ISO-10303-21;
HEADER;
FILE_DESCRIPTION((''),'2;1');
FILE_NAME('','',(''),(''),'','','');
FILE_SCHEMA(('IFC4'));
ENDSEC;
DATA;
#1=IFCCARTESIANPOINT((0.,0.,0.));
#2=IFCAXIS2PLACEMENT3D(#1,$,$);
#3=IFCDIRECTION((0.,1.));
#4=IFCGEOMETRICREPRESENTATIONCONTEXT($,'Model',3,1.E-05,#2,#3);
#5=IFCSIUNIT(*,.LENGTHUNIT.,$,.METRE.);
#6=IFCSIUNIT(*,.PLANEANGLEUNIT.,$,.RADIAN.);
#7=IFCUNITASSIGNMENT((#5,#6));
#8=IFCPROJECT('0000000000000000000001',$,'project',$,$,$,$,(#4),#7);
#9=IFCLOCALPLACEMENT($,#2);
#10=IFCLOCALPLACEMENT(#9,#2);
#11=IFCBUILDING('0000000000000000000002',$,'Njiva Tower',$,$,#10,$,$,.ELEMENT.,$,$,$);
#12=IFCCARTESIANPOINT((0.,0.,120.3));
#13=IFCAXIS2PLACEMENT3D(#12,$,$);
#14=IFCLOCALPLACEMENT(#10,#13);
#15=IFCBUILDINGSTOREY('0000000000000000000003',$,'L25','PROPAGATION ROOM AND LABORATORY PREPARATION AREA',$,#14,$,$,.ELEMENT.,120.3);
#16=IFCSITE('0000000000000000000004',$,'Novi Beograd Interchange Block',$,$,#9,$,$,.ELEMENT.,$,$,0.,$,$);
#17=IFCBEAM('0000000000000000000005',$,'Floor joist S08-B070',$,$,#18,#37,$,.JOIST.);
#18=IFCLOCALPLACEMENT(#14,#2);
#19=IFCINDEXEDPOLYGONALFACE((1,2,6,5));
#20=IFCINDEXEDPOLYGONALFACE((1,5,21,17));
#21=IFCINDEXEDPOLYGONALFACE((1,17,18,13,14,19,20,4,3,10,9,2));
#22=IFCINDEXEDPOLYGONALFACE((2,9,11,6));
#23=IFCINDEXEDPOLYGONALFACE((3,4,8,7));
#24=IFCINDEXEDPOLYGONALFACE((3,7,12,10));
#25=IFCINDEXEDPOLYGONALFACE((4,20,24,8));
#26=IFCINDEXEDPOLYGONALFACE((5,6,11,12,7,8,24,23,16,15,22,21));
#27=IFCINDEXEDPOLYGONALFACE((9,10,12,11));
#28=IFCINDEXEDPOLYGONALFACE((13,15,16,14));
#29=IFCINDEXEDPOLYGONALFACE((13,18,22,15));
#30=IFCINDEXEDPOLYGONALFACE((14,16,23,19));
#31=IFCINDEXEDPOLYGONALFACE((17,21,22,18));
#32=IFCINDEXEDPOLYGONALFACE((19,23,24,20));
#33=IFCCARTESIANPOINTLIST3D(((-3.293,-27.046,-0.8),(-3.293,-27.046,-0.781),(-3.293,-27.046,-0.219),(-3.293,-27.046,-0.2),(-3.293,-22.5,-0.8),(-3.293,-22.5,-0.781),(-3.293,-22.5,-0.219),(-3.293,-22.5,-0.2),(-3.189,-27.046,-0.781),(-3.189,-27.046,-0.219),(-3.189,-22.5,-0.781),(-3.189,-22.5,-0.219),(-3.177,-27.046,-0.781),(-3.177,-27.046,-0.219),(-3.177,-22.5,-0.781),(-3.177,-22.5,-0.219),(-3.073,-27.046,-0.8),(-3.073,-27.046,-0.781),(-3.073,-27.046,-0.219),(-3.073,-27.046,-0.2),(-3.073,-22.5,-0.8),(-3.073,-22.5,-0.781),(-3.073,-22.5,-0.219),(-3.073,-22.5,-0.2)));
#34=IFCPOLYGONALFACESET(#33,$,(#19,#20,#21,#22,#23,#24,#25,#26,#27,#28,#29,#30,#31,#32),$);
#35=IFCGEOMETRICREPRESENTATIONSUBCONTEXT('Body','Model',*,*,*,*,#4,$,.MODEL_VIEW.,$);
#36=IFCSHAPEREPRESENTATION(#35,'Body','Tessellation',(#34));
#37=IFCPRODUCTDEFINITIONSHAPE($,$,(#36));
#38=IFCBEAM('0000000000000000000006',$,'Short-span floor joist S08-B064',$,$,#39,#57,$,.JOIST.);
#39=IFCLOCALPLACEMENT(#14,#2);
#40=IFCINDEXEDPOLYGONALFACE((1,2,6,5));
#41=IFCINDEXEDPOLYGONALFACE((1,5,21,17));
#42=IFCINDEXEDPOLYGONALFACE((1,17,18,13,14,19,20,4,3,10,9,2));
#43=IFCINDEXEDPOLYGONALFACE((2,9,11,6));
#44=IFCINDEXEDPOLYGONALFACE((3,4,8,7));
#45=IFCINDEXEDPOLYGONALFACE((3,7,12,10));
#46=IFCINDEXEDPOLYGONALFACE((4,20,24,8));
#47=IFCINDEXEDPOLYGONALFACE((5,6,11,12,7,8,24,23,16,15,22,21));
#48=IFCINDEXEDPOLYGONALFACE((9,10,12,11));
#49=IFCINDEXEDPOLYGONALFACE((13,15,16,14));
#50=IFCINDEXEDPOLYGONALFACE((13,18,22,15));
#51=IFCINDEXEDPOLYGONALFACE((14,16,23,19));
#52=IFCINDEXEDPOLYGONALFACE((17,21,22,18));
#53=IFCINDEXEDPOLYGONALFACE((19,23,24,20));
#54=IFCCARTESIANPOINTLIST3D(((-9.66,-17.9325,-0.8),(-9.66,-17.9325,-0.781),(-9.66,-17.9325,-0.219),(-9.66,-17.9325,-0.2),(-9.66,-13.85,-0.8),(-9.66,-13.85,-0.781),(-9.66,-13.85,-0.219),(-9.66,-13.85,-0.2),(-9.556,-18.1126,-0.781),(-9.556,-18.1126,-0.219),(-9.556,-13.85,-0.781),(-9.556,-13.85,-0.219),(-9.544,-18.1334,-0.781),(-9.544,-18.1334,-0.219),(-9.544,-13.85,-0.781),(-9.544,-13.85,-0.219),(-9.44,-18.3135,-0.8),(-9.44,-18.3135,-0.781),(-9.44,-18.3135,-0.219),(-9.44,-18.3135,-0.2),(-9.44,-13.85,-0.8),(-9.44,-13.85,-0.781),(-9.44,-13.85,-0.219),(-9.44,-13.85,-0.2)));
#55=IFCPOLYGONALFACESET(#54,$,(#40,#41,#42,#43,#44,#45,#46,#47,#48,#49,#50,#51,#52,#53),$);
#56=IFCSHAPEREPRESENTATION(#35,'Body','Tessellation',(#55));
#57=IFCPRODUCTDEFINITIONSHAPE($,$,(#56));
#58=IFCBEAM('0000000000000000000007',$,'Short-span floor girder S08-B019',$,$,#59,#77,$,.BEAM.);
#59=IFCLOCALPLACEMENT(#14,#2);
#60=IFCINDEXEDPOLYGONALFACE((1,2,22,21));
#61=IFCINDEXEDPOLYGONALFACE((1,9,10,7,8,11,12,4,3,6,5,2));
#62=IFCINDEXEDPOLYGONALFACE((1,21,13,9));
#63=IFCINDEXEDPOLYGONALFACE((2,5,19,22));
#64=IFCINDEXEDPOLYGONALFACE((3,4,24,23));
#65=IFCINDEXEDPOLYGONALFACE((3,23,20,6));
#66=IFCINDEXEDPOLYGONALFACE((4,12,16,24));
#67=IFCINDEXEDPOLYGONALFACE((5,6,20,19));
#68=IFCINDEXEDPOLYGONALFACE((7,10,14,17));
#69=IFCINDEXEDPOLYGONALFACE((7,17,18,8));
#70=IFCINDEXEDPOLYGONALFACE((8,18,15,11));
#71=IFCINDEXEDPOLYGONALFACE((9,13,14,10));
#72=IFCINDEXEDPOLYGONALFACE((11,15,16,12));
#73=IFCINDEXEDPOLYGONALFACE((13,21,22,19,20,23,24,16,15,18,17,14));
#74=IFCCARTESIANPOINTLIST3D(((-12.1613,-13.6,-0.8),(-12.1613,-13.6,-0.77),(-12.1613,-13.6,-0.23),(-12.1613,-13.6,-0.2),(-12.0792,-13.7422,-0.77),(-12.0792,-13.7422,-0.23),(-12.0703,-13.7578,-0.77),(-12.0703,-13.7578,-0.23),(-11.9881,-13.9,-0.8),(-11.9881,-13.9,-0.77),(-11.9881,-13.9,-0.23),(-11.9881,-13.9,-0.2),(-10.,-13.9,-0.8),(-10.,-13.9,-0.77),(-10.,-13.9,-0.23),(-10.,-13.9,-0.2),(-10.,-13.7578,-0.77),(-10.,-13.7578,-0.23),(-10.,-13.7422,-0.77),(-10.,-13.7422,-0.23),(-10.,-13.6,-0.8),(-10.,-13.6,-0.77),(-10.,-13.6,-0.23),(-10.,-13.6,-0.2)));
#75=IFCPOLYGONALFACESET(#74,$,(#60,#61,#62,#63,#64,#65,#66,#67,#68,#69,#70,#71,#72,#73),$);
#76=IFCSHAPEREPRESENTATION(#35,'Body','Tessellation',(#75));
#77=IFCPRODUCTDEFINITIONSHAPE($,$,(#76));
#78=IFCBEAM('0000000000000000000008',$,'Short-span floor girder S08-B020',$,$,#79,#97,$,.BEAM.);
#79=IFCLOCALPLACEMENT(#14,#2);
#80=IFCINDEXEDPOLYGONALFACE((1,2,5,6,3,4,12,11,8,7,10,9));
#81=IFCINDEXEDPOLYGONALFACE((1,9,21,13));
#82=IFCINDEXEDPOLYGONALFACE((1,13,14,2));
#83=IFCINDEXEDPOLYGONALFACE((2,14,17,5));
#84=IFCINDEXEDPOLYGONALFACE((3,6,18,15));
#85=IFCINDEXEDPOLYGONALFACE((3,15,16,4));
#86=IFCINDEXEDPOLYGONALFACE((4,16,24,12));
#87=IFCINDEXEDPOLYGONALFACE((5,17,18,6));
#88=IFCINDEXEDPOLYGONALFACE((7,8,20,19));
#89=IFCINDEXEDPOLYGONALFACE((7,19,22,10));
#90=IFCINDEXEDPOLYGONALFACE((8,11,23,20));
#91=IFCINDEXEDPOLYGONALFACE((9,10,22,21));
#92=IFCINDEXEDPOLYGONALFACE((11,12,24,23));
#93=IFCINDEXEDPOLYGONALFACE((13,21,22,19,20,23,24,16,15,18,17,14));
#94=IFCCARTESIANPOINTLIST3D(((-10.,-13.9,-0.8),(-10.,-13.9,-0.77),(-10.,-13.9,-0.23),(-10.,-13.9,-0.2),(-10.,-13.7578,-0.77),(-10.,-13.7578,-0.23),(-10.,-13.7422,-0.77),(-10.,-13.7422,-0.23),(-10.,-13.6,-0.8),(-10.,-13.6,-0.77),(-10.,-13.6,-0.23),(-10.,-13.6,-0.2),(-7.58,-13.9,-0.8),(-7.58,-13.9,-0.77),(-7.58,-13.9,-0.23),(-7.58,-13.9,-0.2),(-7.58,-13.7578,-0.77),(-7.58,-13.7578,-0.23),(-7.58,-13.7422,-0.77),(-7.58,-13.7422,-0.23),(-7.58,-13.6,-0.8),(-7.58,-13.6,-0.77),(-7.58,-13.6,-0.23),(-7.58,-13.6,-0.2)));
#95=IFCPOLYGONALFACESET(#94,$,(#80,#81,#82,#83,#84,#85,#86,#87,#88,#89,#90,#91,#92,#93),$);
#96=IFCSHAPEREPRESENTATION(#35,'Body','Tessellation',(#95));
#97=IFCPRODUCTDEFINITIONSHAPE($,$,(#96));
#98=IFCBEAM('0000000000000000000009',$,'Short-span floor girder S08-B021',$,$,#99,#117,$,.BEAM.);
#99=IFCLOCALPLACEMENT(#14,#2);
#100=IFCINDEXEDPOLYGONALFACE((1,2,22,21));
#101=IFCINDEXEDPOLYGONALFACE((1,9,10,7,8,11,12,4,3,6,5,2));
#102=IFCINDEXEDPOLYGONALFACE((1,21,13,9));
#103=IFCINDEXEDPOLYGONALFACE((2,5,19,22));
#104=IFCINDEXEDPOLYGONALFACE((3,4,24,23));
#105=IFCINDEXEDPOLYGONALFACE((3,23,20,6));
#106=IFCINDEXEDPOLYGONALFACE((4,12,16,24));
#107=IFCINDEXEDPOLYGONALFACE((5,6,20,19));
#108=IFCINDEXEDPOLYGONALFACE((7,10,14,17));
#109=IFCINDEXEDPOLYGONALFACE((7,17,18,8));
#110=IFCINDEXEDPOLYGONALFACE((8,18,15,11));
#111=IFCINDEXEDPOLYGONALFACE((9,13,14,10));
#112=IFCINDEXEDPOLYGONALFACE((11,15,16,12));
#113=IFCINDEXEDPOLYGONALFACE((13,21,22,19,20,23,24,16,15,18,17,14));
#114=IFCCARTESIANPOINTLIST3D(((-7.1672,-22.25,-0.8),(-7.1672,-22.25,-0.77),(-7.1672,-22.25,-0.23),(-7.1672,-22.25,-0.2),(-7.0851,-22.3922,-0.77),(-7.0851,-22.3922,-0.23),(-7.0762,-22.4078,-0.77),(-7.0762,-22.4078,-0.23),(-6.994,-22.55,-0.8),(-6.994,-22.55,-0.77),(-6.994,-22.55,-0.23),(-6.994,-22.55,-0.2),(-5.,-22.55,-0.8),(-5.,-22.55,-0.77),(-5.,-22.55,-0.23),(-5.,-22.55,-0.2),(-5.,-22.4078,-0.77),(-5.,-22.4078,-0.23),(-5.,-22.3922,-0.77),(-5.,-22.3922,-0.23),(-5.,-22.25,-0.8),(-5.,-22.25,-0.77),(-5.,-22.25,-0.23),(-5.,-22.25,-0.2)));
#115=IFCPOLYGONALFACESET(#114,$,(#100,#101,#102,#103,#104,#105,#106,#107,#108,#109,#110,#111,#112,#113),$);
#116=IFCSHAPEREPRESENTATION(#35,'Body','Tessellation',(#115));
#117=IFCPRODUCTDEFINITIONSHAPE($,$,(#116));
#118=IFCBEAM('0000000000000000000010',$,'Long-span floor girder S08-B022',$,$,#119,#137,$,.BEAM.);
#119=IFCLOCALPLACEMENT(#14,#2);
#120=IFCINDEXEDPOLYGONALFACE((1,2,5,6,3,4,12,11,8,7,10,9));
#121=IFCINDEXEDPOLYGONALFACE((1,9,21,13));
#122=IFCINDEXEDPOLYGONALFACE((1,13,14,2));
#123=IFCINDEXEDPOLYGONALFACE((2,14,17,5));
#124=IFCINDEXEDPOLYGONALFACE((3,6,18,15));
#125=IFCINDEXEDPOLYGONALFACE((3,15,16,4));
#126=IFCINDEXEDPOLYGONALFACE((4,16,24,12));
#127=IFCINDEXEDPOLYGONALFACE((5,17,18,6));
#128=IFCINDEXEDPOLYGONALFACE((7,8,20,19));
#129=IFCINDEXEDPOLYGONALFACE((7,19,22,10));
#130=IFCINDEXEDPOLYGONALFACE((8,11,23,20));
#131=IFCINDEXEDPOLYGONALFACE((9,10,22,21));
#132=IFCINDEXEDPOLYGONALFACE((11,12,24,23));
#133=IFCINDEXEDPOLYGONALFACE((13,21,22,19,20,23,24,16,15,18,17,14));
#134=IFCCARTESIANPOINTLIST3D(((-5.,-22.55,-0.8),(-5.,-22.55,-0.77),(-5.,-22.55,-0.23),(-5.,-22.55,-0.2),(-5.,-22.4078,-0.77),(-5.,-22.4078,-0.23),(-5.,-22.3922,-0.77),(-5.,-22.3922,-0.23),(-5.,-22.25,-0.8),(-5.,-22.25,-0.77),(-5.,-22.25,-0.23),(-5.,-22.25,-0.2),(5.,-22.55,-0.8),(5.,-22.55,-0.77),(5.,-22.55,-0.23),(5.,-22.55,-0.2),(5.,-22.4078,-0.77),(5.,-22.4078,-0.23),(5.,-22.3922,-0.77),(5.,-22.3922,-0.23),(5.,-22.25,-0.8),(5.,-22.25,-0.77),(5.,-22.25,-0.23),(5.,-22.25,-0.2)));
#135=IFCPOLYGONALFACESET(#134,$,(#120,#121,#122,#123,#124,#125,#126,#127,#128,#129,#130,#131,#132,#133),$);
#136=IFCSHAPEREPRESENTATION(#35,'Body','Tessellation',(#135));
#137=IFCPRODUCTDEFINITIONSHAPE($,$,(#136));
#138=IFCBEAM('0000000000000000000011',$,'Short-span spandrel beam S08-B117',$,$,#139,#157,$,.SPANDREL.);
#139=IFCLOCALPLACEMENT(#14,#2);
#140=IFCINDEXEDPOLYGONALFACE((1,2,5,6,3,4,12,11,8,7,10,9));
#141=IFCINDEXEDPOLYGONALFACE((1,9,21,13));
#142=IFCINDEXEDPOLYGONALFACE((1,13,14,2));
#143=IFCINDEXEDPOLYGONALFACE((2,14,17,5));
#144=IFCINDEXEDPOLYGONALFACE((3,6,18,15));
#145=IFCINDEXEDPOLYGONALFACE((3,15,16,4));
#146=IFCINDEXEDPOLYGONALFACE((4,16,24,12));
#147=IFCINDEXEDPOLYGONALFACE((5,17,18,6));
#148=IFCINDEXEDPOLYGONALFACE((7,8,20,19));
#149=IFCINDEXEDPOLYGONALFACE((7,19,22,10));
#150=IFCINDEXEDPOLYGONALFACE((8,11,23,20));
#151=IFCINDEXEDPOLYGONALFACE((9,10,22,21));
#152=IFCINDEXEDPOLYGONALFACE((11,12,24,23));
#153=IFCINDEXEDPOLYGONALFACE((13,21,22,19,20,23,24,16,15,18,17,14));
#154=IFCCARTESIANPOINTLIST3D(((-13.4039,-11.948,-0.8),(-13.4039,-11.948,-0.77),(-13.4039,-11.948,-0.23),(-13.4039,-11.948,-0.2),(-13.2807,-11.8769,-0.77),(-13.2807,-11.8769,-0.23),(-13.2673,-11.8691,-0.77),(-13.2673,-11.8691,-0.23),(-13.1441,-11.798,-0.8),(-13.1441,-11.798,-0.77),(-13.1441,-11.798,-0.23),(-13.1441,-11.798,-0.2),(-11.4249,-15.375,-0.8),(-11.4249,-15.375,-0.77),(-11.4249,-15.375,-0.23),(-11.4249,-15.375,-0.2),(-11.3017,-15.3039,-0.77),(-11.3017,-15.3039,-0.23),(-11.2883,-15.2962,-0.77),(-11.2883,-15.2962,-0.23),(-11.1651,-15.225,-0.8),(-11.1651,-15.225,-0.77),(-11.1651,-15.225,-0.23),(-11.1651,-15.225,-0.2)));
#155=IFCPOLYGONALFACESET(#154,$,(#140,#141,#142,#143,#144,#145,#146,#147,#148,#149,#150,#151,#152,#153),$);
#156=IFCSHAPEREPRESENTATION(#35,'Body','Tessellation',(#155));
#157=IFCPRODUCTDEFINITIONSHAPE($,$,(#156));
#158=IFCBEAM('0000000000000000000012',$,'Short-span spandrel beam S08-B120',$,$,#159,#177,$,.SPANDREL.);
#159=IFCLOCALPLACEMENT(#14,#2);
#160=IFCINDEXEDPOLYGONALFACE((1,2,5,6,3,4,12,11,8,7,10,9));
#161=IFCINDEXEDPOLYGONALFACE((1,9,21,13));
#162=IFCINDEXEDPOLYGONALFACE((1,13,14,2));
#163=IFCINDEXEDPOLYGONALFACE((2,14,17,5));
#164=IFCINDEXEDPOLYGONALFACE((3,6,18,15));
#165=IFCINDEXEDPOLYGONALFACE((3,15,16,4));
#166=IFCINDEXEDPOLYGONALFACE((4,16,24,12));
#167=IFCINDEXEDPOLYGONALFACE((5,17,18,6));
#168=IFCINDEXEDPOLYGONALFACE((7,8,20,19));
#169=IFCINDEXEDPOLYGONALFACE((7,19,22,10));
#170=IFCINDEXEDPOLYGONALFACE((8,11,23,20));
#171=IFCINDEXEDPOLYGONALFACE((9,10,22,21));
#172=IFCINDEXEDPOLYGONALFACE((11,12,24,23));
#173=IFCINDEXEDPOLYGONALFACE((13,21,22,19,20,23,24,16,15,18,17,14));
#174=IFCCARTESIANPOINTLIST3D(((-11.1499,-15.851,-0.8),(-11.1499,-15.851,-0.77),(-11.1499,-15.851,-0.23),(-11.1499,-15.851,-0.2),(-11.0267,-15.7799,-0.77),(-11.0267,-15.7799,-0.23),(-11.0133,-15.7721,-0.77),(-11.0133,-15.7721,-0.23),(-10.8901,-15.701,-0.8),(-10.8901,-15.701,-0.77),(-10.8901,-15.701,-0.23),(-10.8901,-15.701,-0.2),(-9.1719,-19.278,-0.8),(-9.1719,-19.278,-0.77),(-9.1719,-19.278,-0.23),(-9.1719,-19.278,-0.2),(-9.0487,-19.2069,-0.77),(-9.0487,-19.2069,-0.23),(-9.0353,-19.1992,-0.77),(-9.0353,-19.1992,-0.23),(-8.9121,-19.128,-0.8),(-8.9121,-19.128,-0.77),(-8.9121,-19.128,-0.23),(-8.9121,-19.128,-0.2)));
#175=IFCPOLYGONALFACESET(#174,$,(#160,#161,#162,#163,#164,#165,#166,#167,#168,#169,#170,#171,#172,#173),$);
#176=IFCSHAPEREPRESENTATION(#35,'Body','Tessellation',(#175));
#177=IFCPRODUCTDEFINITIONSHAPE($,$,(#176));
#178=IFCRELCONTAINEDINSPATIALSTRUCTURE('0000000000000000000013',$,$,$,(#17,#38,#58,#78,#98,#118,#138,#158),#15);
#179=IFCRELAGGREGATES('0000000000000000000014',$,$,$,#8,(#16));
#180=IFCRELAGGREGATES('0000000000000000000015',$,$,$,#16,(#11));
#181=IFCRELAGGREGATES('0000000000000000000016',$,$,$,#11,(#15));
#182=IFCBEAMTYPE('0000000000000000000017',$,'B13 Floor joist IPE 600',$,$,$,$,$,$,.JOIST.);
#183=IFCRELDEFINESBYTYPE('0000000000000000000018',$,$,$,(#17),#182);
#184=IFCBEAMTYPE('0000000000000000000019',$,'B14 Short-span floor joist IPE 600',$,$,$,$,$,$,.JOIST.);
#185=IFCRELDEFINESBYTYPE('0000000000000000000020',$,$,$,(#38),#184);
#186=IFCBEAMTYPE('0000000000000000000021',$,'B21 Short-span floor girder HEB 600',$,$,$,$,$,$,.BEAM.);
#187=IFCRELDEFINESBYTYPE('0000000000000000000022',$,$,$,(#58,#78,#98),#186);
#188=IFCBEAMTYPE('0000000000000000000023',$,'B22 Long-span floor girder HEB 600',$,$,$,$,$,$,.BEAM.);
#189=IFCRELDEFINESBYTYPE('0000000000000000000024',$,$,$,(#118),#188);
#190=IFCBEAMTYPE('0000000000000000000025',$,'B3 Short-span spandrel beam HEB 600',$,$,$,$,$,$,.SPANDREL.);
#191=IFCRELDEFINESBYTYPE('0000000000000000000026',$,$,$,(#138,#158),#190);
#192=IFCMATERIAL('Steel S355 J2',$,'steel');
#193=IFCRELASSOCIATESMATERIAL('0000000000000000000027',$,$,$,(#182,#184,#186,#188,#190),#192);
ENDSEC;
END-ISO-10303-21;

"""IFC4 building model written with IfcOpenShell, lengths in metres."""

from ifc_helpers import new_model, si_unit, direction, frame, origin, origin_2d, place, context, subcontext, project, spatial, i_section, extrude, clip, halfspace, material, material_profile, profile_set, type_object, element, save


model = new_model("IFC4")

# Units and contexts
model_context = context("Model", 3, precision=1e-05, world=origin(), true_north=direction((0.0, 1.0)))
body_context = subcontext(model_context, "Body", "Model", "MODEL_VIEW")
ifc_project = project(units=[si_unit("LENGTHUNIT", "METRE"), si_unit("PLANEANGLEUNIT", "RADIAN")], contexts=[model_context])

# Site, building, storey
site_placement = place(None, origin())
site = spatial("IfcSite", under=ifc_project, at=site_placement, Name="Novi Beograd Interchange Block", CompositionType="ELEMENT", RefElevation=0.0)
building_placement = place(site_placement, origin())
building = spatial("IfcBuilding", under=site, at=building_placement, Name="Njiva Tower", CompositionType="ELEMENT")
storey_placement = place(building_placement, frame((0.0, 0.0, 120.3)))
storey = spatial("IfcBuildingStorey", under=building, at=storey_placement, Name="L25", Description="PROPAGATION ROOM AND LABORATORY PREPARATION AREA", CompositionType="ELEMENT", Elevation=120.3)

# Shared definitions
ifc_material_1 = material(Name="Steel S355 J2", Category="steel")

# Beams
ifc_material_profile_1 = material_profile(ifc_material_1, i_section(OverallWidth=0.22, OverallDepth=0.6, WebThickness=0.012, FlangeThickness=0.019, at=origin_2d()), Name="IPE 600")
ifc_profile_set_1 = profile_set([ifc_material_profile_1], Name="Steel S355 J2")
beam_type_1 = type_object("IfcBeamType", Name="B13 Floor joist IPE 600", PredefinedType="JOIST", material=ifc_profile_set_1)
beam_1_placement = place(storey_placement, frame((-3.183, -22.5, -0.5), z_axis=(0.0, -1.0, 0.0), x_axis=(1.0, 0.0, 0.0)))
element("IfcBeam", 1, at=beam_1_placement, inside=storey, type_object=beam_type_1, Name="Floor joist S08-B070", PredefinedType="JOIST", context=body_context, shape_type="SweptSolid", body=[
    extrude(i_section(OverallWidth=0.22, OverallDepth=0.6, WebThickness=0.012, FlangeThickness=0.019, at=origin_2d()), origin(), (0.0, 0.0, 1.0), 4.546),
])
ifc_material_profile_2 = material_profile(ifc_material_1, i_section(OverallWidth=0.22, OverallDepth=0.6, WebThickness=0.012, FlangeThickness=0.019, at=origin_2d()), Name="IPE 600")
ifc_profile_set_2 = profile_set([ifc_material_profile_2], Name="Steel S355 J2")
beam_type_2 = type_object("IfcBeamType", Name="B14 Short-span floor joist IPE 600", PredefinedType="JOIST", material=ifc_profile_set_2)
beam_2_placement = place(storey_placement, frame((-9.55, -13.85, -0.5), z_axis=(0.0, -1.0, 0.0), x_axis=(1.0, 0.0, 0.0)))
element("IfcBeam", 2, at=beam_2_placement, inside=storey, type_object=beam_type_2, Name="Short-span floor joist S08-B064", PredefinedType="JOIST", context=body_context, shape_type="Clipping", body=[
    clip(extrude(i_section(OverallWidth=0.22, OverallDepth=0.6, WebThickness=0.012, FlangeThickness=0.019, at=origin_2d()), origin(), (0.0, 0.0, 1.0), 4.484), halfspace(frame((-0.0433, 0.0, 4.198), z_axis=(-0.866027, 0.0, 0.499998), x_axis=(0.0, 1.0, 0.0)), False)),
])
ifc_material_profile_3 = material_profile(ifc_material_1, i_section(OverallWidth=0.3, OverallDepth=0.6, WebThickness=0.0155, FlangeThickness=0.03, at=origin_2d()), Name="HEB 600")
ifc_profile_set_3 = profile_set([ifc_material_profile_3], Name="Steel S355 J2")
beam_type_3 = type_object("IfcBeamType", Name="B21 Short-span floor girder HEB 600", PredefinedType="BEAM", material=ifc_profile_set_3)
beam_3_placement = place(storey_placement, frame((-12.182, -13.75, -0.5), z_axis=(1.0, 0.0, 0.0), x_axis=(0.0, 1.0, 0.0)))
element("IfcBeam", 3, at=beam_3_placement, inside=storey, type_object=beam_type_3, Name="Short-span floor girder S08-B019", PredefinedType="BEAM", context=body_context, shape_type="Clipping", body=[
    clip(extrude(i_section(OverallWidth=0.3, OverallDepth=0.6, WebThickness=0.0155, FlangeThickness=0.03, at=origin_2d()), origin(), (0.0, 0.0, 1.0), 2.182), halfspace(frame((-0.025, 0.0, 0.1217), z_axis=(-0.499998, 0.0, -0.866027), x_axis=(0.0, -1.0, 0.0)), False)),
])
beam_4_placement = place(storey_placement, frame((-10.0, -13.75, -0.5), z_axis=(1.0, 0.0, 0.0), x_axis=(0.0, 1.0, 0.0)))
element("IfcBeam", 4, at=beam_4_placement, inside=storey, type_object=beam_type_3, Name="Short-span floor girder S08-B020", PredefinedType="BEAM", context=body_context, shape_type="SweptSolid", body=[
    extrude(i_section(OverallWidth=0.3, OverallDepth=0.6, WebThickness=0.0155, FlangeThickness=0.03, at=origin_2d()), origin(), (0.0, 0.0, 1.0), 2.42),
])
beam_5_placement = place(storey_placement, frame((-7.188, -22.4, -0.5), z_axis=(1.0, 0.0, 0.0), x_axis=(0.0, 1.0, 0.0)))
element("IfcBeam", 5, at=beam_5_placement, inside=storey, type_object=beam_type_3, Name="Short-span floor girder S08-B021", PredefinedType="BEAM", context=body_context, shape_type="Clipping", body=[
    clip(extrude(i_section(OverallWidth=0.3, OverallDepth=0.6, WebThickness=0.0155, FlangeThickness=0.03, at=origin_2d()), origin(), (0.0, 0.0, 1.0), 2.188), halfspace(frame((-0.025, 0.0, 0.1218), z_axis=(-0.499998, 0.0, -0.866027), x_axis=(0.0, -1.0, 0.0)), False)),
])
ifc_material_profile_4 = material_profile(ifc_material_1, i_section(OverallWidth=0.3, OverallDepth=0.6, WebThickness=0.0155, FlangeThickness=0.03, at=origin_2d()), Name="HEB 600")
ifc_profile_set_4 = profile_set([ifc_material_profile_4], Name="Steel S355 J2")
beam_type_4 = type_object("IfcBeamType", Name="B22 Long-span floor girder HEB 600", PredefinedType="BEAM", material=ifc_profile_set_4)
beam_6_placement = place(storey_placement, frame((-5.0, -22.4, -0.5), z_axis=(1.0, 0.0, 0.0), x_axis=(0.0, 1.0, 0.0)))
element("IfcBeam", 6, at=beam_6_placement, inside=storey, type_object=beam_type_4, Name="Long-span floor girder S08-B022", PredefinedType="BEAM", context=body_context, shape_type="SweptSolid", body=[
    extrude(i_section(OverallWidth=0.3, OverallDepth=0.6, WebThickness=0.0155, FlangeThickness=0.03, at=origin_2d()), origin(), (0.0, 0.0, 1.0), 10.0),
])
ifc_material_profile_5 = material_profile(ifc_material_1, i_section(OverallWidth=0.3, OverallDepth=0.6, WebThickness=0.0155, FlangeThickness=0.03, at=origin_2d()), Name="HEB 600")
ifc_profile_set_5 = profile_set([ifc_material_profile_5], Name="Steel S355 J2")
beam_type_5 = type_object("IfcBeamType", Name="B3 Short-span spandrel beam HEB 600", PredefinedType="SPANDREL", material=ifc_profile_set_5)
beam_7_placement = place(storey_placement, frame((-13.274, -11.873, -0.5), z_axis=(0.50008, -0.865979, 0.0), x_axis=(0.865979, 0.50008, 0.0)))
element("IfcBeam", 7, at=beam_7_placement, inside=storey, type_object=beam_type_5, Name="Short-span spandrel beam S08-B117", PredefinedType="SPANDREL", context=body_context, shape_type="SweptSolid", body=[
    extrude(i_section(OverallWidth=0.3, OverallDepth=0.6, WebThickness=0.0155, FlangeThickness=0.03, at=origin_2d()), origin(), (0.0, 0.0, 1.0), 3.9574),
])
beam_8_placement = place(storey_placement, frame((-11.02, -15.776, -0.5), z_axis=(0.49989, -0.866089, 0.0), x_axis=(0.866089, 0.49989, 0.0)))
element("IfcBeam", 8, at=beam_8_placement, inside=storey, type_object=beam_type_5, Name="Short-span spandrel beam S08-B120", PredefinedType="SPANDREL", context=body_context, shape_type="SweptSolid", body=[
    extrude(i_section(OverallWidth=0.3, OverallDepth=0.6, WebThickness=0.0155, FlangeThickness=0.03, at=origin_2d()), origin(), (0.0, 0.0, 1.0), 3.9569),
])

save(model, "model.ifc")
